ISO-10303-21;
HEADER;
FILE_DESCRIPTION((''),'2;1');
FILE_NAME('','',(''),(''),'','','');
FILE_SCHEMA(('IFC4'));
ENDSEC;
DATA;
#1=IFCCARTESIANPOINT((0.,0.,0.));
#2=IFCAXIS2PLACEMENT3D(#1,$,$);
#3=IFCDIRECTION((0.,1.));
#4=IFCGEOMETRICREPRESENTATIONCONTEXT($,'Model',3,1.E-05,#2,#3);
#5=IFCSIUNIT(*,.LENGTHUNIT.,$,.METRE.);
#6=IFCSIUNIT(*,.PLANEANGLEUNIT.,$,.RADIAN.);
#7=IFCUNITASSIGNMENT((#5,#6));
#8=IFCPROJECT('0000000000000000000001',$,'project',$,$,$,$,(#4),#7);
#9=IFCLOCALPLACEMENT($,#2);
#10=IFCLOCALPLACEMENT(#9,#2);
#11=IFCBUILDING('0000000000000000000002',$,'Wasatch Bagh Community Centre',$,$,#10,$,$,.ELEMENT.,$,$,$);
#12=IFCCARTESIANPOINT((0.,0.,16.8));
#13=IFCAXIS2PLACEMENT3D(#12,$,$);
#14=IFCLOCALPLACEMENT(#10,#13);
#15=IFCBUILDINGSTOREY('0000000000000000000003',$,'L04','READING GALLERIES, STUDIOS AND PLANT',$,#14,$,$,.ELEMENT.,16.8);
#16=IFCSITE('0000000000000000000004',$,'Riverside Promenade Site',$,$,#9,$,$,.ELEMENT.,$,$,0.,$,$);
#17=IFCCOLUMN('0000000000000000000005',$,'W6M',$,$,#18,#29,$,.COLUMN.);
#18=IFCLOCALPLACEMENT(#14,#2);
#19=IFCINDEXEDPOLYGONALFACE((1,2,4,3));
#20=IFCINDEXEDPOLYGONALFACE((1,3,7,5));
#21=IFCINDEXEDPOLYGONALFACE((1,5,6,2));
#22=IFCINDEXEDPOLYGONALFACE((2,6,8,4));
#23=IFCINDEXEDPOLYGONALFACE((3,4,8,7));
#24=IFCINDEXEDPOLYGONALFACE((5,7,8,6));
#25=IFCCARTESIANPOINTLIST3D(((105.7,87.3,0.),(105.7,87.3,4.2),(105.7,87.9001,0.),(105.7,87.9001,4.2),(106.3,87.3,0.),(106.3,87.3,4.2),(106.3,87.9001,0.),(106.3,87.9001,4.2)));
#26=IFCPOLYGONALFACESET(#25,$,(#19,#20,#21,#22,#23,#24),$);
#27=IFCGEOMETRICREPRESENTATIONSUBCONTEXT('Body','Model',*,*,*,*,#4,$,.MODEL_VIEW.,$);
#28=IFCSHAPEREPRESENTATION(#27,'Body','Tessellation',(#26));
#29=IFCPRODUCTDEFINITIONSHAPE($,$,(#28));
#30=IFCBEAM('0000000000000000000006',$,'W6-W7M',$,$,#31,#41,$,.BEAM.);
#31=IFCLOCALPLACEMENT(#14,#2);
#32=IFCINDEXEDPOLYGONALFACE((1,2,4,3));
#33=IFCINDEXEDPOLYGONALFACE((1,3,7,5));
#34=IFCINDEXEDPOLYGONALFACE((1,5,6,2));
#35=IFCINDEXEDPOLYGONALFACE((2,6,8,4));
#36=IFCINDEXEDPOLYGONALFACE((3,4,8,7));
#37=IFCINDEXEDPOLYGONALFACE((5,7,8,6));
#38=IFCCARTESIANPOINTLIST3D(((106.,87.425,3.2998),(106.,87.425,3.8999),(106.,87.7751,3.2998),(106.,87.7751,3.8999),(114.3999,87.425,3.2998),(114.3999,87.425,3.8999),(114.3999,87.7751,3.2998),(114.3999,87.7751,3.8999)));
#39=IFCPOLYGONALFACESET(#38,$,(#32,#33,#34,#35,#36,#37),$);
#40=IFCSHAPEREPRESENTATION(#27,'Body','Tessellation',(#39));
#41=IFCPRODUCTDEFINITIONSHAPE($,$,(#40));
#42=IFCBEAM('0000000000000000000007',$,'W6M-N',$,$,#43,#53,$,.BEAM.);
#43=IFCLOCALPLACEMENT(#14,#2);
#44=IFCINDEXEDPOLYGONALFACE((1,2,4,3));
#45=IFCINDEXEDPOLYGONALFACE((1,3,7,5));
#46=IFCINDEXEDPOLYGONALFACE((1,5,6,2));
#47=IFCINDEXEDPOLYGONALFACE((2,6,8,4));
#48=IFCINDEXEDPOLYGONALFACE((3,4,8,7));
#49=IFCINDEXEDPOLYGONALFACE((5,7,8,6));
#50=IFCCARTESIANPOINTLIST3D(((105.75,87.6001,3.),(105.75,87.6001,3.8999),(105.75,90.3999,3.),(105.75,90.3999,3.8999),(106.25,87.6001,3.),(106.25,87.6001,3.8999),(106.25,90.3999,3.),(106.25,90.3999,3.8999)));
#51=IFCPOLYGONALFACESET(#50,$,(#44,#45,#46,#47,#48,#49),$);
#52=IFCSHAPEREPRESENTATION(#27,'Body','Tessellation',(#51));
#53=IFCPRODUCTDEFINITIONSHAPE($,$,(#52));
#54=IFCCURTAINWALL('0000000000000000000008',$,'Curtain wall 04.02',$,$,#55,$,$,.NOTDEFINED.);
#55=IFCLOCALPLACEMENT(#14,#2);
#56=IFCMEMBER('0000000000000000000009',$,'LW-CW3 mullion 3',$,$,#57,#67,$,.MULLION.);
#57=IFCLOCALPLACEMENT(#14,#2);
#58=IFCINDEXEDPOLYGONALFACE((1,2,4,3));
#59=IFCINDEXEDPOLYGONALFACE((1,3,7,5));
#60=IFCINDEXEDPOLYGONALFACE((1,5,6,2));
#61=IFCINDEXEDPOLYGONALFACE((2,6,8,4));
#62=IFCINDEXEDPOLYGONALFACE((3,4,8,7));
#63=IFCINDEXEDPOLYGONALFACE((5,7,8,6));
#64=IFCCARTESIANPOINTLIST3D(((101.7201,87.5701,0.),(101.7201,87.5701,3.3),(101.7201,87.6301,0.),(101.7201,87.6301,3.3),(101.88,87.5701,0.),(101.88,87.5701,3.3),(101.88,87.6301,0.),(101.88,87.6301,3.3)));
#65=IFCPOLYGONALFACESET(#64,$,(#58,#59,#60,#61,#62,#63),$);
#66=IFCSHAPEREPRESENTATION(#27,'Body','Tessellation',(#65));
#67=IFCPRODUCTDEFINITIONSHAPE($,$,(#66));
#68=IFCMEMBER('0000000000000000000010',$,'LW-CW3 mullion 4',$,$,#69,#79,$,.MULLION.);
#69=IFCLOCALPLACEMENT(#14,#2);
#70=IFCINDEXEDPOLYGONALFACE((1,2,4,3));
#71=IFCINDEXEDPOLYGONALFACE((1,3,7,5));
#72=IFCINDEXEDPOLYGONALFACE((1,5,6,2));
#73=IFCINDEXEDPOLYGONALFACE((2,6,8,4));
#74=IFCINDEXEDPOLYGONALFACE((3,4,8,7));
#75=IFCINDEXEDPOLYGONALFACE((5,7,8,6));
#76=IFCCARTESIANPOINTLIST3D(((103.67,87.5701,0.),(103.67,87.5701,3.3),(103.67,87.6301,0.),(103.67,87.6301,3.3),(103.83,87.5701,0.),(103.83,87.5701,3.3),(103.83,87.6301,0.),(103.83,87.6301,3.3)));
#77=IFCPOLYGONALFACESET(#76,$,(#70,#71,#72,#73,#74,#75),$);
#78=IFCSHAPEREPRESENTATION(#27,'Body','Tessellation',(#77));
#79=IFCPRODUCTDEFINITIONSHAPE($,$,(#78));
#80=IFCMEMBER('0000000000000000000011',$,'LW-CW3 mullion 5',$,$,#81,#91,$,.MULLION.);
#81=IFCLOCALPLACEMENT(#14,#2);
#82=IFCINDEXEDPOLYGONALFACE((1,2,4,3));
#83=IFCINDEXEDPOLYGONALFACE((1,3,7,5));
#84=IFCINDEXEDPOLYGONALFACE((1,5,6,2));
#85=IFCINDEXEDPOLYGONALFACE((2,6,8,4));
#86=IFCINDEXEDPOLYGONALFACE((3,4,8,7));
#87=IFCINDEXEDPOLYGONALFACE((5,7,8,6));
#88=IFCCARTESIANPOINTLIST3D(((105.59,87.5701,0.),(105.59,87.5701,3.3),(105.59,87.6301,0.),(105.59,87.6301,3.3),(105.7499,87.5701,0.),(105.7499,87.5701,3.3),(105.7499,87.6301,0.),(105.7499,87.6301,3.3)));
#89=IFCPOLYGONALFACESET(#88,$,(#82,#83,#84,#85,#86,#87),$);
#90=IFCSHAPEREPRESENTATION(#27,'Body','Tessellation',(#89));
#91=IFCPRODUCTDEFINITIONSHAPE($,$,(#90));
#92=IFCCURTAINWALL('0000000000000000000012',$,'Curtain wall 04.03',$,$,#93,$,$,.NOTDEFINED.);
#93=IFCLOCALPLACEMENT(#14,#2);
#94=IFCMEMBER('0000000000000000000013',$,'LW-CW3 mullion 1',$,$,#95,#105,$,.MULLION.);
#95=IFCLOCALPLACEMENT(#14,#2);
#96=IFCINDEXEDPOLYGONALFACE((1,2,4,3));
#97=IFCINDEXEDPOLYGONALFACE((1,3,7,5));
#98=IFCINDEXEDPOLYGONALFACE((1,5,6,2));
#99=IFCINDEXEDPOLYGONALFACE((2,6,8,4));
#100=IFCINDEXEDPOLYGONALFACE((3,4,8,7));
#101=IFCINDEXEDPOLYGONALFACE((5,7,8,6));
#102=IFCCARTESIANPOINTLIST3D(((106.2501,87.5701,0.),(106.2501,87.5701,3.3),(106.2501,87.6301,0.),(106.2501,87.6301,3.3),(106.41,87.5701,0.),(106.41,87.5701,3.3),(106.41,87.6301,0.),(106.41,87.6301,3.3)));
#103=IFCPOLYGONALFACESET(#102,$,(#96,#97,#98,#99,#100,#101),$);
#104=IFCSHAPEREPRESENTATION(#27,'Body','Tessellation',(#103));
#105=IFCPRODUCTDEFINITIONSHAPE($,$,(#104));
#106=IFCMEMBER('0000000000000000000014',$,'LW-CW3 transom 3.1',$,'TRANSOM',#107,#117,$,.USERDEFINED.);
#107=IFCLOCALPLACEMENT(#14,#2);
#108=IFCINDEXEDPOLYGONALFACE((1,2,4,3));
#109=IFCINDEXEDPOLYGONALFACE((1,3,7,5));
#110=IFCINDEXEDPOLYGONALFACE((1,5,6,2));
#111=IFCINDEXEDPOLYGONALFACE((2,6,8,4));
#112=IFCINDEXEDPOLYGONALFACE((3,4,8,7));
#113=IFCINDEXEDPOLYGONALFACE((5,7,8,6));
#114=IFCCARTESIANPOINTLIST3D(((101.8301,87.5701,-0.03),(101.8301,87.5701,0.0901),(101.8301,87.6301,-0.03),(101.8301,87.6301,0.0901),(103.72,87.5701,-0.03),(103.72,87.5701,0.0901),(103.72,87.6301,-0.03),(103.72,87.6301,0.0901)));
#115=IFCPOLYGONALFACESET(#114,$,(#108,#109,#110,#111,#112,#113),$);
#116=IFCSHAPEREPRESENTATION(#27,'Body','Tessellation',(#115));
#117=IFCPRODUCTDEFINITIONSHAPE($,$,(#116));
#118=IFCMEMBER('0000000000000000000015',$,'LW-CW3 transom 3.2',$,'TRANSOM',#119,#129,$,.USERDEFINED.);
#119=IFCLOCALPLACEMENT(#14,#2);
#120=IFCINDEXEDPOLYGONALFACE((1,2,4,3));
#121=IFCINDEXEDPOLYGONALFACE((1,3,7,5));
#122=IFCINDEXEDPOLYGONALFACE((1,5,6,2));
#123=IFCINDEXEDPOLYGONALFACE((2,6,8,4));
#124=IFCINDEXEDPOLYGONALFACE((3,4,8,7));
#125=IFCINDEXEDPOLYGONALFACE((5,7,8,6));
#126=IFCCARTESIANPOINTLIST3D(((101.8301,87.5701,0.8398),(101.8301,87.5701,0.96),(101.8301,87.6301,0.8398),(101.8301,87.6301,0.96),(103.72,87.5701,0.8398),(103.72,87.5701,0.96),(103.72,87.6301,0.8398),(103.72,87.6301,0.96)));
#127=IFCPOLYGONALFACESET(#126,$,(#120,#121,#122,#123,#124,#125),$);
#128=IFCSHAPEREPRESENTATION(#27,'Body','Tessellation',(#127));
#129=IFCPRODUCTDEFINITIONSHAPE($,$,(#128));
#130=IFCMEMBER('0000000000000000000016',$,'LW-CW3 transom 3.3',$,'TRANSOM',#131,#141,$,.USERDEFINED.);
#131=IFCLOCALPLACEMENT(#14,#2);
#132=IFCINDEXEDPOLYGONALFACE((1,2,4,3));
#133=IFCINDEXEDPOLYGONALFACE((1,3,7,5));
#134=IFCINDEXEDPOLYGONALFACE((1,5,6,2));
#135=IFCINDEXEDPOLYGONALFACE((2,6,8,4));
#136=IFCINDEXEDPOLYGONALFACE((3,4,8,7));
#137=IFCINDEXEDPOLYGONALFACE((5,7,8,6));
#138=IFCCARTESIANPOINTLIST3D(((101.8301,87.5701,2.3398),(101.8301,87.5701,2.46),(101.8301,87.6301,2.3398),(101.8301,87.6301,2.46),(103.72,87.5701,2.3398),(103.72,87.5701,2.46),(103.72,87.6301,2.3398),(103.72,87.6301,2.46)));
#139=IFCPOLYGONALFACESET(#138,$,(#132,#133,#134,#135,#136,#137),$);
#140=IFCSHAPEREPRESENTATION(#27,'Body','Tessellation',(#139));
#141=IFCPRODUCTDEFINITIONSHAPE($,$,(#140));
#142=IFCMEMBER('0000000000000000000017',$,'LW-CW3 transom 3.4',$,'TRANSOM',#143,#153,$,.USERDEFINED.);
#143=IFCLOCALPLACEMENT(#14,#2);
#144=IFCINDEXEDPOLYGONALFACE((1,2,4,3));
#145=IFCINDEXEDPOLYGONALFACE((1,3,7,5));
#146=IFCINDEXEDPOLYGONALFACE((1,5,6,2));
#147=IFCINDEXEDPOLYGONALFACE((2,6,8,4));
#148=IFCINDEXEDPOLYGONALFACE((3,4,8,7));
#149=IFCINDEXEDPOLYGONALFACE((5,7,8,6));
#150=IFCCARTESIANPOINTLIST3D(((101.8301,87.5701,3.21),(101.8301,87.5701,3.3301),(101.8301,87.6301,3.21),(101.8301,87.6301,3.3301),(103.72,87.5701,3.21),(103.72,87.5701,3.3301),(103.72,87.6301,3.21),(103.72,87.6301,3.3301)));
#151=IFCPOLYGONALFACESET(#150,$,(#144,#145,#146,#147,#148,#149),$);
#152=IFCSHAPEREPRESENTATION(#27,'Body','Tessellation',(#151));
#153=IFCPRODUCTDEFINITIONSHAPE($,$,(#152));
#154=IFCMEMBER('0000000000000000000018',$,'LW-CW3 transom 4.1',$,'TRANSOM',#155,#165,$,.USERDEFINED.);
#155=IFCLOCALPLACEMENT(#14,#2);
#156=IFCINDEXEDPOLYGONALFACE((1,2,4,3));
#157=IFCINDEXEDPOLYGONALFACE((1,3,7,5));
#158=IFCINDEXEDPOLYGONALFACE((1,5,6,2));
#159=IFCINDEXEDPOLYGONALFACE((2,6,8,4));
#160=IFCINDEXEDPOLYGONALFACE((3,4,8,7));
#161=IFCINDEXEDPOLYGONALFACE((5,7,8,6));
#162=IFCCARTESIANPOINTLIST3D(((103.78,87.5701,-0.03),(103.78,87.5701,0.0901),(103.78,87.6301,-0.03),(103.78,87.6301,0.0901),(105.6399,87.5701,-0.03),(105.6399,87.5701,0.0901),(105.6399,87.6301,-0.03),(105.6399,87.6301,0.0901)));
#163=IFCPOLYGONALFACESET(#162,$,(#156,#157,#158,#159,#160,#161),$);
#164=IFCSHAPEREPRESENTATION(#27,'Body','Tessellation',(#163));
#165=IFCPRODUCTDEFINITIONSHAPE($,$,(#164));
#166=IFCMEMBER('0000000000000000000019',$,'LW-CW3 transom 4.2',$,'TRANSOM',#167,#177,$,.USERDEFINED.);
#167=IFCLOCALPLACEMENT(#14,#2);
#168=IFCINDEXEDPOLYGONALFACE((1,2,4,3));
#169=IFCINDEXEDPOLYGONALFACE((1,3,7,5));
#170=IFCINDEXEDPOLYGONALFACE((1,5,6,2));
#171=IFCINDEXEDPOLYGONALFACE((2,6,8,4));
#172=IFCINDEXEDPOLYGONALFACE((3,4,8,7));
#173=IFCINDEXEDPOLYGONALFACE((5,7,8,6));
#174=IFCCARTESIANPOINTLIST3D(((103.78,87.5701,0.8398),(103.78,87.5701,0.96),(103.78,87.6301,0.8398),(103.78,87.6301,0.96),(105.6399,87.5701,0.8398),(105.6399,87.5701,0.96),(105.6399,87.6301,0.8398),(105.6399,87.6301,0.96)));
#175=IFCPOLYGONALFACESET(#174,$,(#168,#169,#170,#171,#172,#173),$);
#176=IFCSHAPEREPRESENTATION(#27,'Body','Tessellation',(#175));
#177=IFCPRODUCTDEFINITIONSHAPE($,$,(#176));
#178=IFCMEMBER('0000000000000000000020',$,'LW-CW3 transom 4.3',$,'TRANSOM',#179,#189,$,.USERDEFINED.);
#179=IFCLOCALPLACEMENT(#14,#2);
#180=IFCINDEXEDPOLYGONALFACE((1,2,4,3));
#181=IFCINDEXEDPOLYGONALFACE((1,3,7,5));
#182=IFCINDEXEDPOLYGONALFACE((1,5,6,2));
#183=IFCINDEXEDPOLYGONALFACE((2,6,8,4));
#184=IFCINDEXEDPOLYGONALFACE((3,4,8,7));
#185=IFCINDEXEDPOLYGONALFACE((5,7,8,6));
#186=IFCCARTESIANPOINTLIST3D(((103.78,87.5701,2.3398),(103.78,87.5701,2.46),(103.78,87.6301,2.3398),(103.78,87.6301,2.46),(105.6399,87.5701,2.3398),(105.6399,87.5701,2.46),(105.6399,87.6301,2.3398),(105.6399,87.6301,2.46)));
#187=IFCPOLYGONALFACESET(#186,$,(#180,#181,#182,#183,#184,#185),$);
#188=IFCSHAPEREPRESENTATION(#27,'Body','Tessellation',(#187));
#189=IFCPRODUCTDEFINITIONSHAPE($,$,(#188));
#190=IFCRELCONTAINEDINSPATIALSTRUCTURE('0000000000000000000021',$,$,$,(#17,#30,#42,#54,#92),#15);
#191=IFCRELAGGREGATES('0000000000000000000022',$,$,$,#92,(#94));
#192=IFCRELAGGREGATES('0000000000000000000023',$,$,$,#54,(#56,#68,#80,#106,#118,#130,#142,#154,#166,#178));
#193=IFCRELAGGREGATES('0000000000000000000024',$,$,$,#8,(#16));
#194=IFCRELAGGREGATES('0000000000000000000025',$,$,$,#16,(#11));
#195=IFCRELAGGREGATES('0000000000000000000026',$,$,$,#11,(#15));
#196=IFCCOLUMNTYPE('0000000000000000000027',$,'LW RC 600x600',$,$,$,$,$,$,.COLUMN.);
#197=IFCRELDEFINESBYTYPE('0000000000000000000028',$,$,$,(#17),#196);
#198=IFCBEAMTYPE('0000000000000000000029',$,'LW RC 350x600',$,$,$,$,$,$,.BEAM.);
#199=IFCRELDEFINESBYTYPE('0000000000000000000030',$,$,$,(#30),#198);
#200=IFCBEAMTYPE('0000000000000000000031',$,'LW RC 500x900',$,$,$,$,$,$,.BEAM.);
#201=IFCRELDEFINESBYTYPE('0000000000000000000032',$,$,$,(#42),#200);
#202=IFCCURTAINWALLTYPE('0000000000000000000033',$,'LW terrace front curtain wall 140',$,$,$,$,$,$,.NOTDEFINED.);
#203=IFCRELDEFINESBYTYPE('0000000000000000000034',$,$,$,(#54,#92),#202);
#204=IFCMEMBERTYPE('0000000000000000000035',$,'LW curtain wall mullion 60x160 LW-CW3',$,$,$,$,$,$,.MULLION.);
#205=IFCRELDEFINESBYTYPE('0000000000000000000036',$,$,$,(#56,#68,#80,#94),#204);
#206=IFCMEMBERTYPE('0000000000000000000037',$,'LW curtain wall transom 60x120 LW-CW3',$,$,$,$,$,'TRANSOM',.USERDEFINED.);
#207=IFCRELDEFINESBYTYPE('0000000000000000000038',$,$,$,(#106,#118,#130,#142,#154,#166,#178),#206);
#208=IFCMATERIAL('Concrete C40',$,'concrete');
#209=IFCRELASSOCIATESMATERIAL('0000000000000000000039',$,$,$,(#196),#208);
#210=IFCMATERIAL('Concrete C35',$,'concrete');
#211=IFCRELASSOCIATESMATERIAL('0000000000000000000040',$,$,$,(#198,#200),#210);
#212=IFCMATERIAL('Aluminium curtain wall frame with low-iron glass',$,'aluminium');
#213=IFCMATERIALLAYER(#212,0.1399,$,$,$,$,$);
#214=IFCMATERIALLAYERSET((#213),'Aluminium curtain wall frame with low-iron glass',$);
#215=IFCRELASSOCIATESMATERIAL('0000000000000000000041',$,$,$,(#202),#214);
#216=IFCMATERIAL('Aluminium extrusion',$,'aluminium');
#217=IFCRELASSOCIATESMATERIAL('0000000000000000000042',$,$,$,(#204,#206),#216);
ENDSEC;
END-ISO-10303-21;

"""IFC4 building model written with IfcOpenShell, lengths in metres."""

from ifc_helpers import new_model, si_unit, direction, frame, origin, origin_2d, place, context, subcontext, project, spatial, rectangle, extrude, material, layer, layer_set, material_profile, profile_set, type_object, element, aggregate, save


model = new_model("IFC4")

# Units and contexts
model_context = context("Model", 3, precision=1e-05, world=origin(), true_north=direction((0.0, 1.0)))
body_context = subcontext(model_context, "Body", "Model", "MODEL_VIEW")
ifc_project = project(units=[si_unit("LENGTHUNIT", "METRE"), si_unit("PLANEANGLEUNIT", "RADIAN")], contexts=[model_context])

# Site, building, storey
site_placement = place(None, origin())
site = spatial("IfcSite", under=ifc_project, at=site_placement, Name="Riverside Promenade Site", CompositionType="ELEMENT", RefElevation=0.0)
building_placement = place(site_placement, origin())
building = spatial("IfcBuilding", under=site, at=building_placement, Name="Wasatch Bagh Community Centre", CompositionType="ELEMENT")
storey_placement = place(building_placement, frame((0.0, 0.0, 16.8)))
storey = spatial("IfcBuildingStorey", under=building, at=storey_placement, Name="L04", Description="READING GALLERIES, STUDIOS AND PLANT", CompositionType="ELEMENT", Elevation=16.8)

# Column
ifc_material_1 = material(Name="Concrete C40", Category="concrete")
ifc_material_profile_1 = material_profile(ifc_material_1, rectangle(XDim=0.6001, YDim=0.6001, at=origin_2d()), Name="RC 600x600")
ifc_profile_set_1 = profile_set([ifc_material_profile_1], Name="Concrete C40")
column_type = type_object("IfcColumnType", Name="LW RC 600x600", PredefinedType="COLUMN", material=ifc_profile_set_1)
column_placement = place(storey_placement, frame((106.0, 87.6001, 0.0), z_axis=(0.0, 0.0, 1.0), x_axis=(1.0, 0.0, 0.0)))
element("IfcColumn", 1, at=column_placement, inside=storey, type_object=column_type, Name="W6M", PredefinedType="COLUMN", context=body_context, shape_type="SweptSolid", body=[
    extrude(rectangle(XDim=0.6001, YDim=0.6001, at=origin_2d()), origin(), (0.0, 0.0, 1.0), 4.2),
])

# Beams
ifc_material_2 = material(Name="Concrete C35", Category="concrete")
ifc_material_profile_2 = material_profile(ifc_material_2, rectangle(XDim=0.3501, YDim=0.6001, at=origin_2d()), Name="RC 350x600")
ifc_profile_set_2 = profile_set([ifc_material_profile_2], Name="Concrete C35")
beam_type_1 = type_object("IfcBeamType", Name="LW RC 350x600", PredefinedType="BEAM", material=ifc_profile_set_2)
beam_1_placement = place(storey_placement, frame((106.0, 87.6001, 3.5999), z_axis=(1.0, 0.0, 0.0), x_axis=(0.0, 1.0, 0.0)))
element("IfcBeam", 2, at=beam_1_placement, inside=storey, type_object=beam_type_1, Name="W6-W7M", PredefinedType="BEAM", context=body_context, shape_type="SweptSolid", body=[
    extrude(rectangle(XDim=0.3501, YDim=0.6001, at=origin_2d()), origin(), (0.0, 0.0, 1.0), 8.3999),
])
ifc_material_profile_3 = material_profile(ifc_material_2, rectangle(XDim=0.5, YDim=0.8999, at=origin_2d()), Name="RC 500x900")
ifc_profile_set_3 = profile_set([ifc_material_profile_3], Name="Concrete C35")
beam_type_2 = type_object("IfcBeamType", Name="LW RC 500x900", PredefinedType="BEAM", material=ifc_profile_set_3)
beam_2_placement = place(storey_placement, frame((106.0, 87.6001, 3.45), z_axis=(0.0, 1.0, 0.0), x_axis=(-1.0, 0.0, 0.0)))
element("IfcBeam", 3, at=beam_2_placement, inside=storey, type_object=beam_type_2, Name="W6M-N", PredefinedType="BEAM", context=body_context, shape_type="SweptSolid", body=[
    extrude(rectangle(XDim=0.5, YDim=0.8999, at=origin_2d()), origin(), (0.0, 0.0, 1.0), 2.7998),
])

# Curtain wall, members
ifc_material_3 = material(Name="Aluminium curtain wall frame with low-iron glass", Category="aluminium")
ifc_layer_1 = layer(ifc_material_3, 0.1399)
ifc_layer_set_1 = layer_set([ifc_layer_1], Name="Aluminium curtain wall frame with low-iron glass")
curtain_wall_type = type_object("IfcCurtainWallType", Name="LW terrace front curtain wall 140", PredefinedType="NOTDEFINED", material=ifc_layer_set_1)
curtain_wall_1_placement = place(storey_placement, origin())
curtain_wall_1 = element("IfcCurtainWall", 4, at=curtain_wall_1_placement, inside=storey, type_object=curtain_wall_type, Name="Curtain wall 04.02", PredefinedType="NOTDEFINED")
ifc_material_4 = material(Name="Aluminium extrusion", Category="aluminium")
ifc_material_profile_4 = material_profile(ifc_material_4, rectangle(XDim=0.0601, YDim=0.1599, at=origin_2d()), Name="AL 60x160")
ifc_profile_set_4 = profile_set([ifc_material_profile_4], Name="Aluminium extrusion")
member_type_1 = type_object("IfcMemberType", Name="LW curtain wall mullion 60x160 LW-CW3", PredefinedType="MULLION", material=ifc_profile_set_4)
member_1_placement = place(storey_placement, frame((101.8, 87.6001, 0.0), z_axis=(0.0, 0.0, 1.0), x_axis=(0.0, 1.0, 0.0)))
member_1 = element("IfcMember", 5, at=member_1_placement, type_object=member_type_1, Name="LW-CW3 mullion 3", PredefinedType="MULLION", context=body_context, shape_type="SweptSolid", body=[
    extrude(rectangle(XDim=0.0601, YDim=0.1599, at=origin_2d()), origin(), (0.0, 0.0, 1.0), 3.3),
])
member_2_placement = place(storey_placement, frame((103.75, 87.6001, 0.0), z_axis=(0.0, 0.0, 1.0), x_axis=(0.0, 1.0, 0.0)))
member_2 = element("IfcMember", 6, at=member_2_placement, type_object=member_type_1, Name="LW-CW3 mullion 4", PredefinedType="MULLION", context=body_context, shape_type="SweptSolid", body=[
    extrude(rectangle(XDim=0.0601, YDim=0.1599, at=origin_2d()), origin(), (0.0, 0.0, 1.0), 3.3),
])
member_3_placement = place(storey_placement, frame((105.6699, 87.6001, 0.0), z_axis=(0.0, 0.0, 1.0), x_axis=(0.0, 1.0, 0.0)))
member_3 = element("IfcMember", 7, at=member_3_placement, type_object=member_type_1, Name="LW-CW3 mullion 5", PredefinedType="MULLION", context=body_context, shape_type="SweptSolid", body=[
    extrude(rectangle(XDim=0.0601, YDim=0.1599, at=origin_2d()), origin(), (0.0, 0.0, 1.0), 3.3),
])

# Curtain wall, member
curtain_wall_2_placement = place(storey_placement, origin())
curtain_wall_2 = element("IfcCurtainWall", 8, at=curtain_wall_2_placement, inside=storey, type_object=curtain_wall_type, Name="Curtain wall 04.03", PredefinedType="NOTDEFINED")
member_4_placement = place(storey_placement, frame((106.3301, 87.6001, 0.0), z_axis=(0.0, 0.0, 1.0), x_axis=(0.0, 1.0, 0.0)))
member_4 = element("IfcMember", 9, at=member_4_placement, type_object=member_type_1, Name="LW-CW3 mullion 1", PredefinedType="MULLION", context=body_context, shape_type="SweptSolid", body=[
    extrude(rectangle(XDim=0.0601, YDim=0.1599, at=origin_2d()), origin(), (0.0, 0.0, 1.0), 3.3),
])

# Members
ifc_material_profile_5 = material_profile(ifc_material_4, rectangle(XDim=0.0601, YDim=0.1201, at=origin_2d()), Name="AL 60x120")
ifc_profile_set_5 = profile_set([ifc_material_profile_5], Name="Aluminium extrusion")
member_type_2 = type_object("IfcMemberType", Name="LW curtain wall transom 60x120 LW-CW3", ElementType="TRANSOM", PredefinedType="USERDEFINED", material=ifc_profile_set_5)
member_5_placement = place(storey_placement, frame((101.8301, 87.6001, 0.03), z_axis=(1.0, 0.0, 0.0), x_axis=(0.0, 1.0, 0.0)))
member_5 = element("IfcMember", 10, at=member_5_placement, type_object=member_type_2, Name="LW-CW3 transom 3.1", ObjectType="TRANSOM", PredefinedType="USERDEFINED", context=body_context, shape_type="SweptSolid", body=[
    extrude(rectangle(XDim=0.0601, YDim=0.1201, at=origin_2d()), origin(), (0.0, 0.0, 1.0), 1.8899),
])
member_6_placement = place(storey_placement, frame((101.8301, 87.6001, 0.8999), z_axis=(1.0, 0.0, 0.0), x_axis=(0.0, 1.0, 0.0)))
member_6 = element("IfcMember", 11, at=member_6_placement, type_object=member_type_2, Name="LW-CW3 transom 3.2", ObjectType="TRANSOM", PredefinedType="USERDEFINED", context=body_context, shape_type="SweptSolid", body=[
    extrude(rectangle(XDim=0.0601, YDim=0.1201, at=origin_2d()), origin(), (0.0, 0.0, 1.0), 1.8899),
])
member_7_placement = place(storey_placement, frame((101.8301, 87.6001, 2.3999), z_axis=(1.0, 0.0, 0.0), x_axis=(0.0, 1.0, 0.0)))
member_7 = element("IfcMember", 12, at=member_7_placement, type_object=member_type_2, Name="LW-CW3 transom 3.3", ObjectType="TRANSOM", PredefinedType="USERDEFINED", context=body_context, shape_type="SweptSolid", body=[
    extrude(rectangle(XDim=0.0601, YDim=0.1201, at=origin_2d()), origin(), (0.0, 0.0, 1.0), 1.8899),
])
member_8_placement = place(storey_placement, frame((101.8301, 87.6001, 3.27), z_axis=(1.0, 0.0, 0.0), x_axis=(0.0, 1.0, 0.0)))
member_8 = element("IfcMember", 13, at=member_8_placement, type_object=member_type_2, Name="LW-CW3 transom 3.4", ObjectType="TRANSOM", PredefinedType="USERDEFINED", context=body_context, shape_type="SweptSolid", body=[
    extrude(rectangle(XDim=0.0601, YDim=0.1201, at=origin_2d()), origin(), (0.0, 0.0, 1.0), 1.8899),
])
member_9_placement = place(storey_placement, frame((103.78, 87.6001, 0.03), z_axis=(1.0, 0.0, 0.0), x_axis=(0.0, 1.0, 0.0)))
member_9 = element("IfcMember", 14, at=member_9_placement, type_object=member_type_2, Name="LW-CW3 transom 4.1", ObjectType="TRANSOM", PredefinedType="USERDEFINED", context=body_context, shape_type="SweptSolid", body=[
    extrude(rectangle(XDim=0.0601, YDim=0.1201, at=origin_2d()), origin(), (0.0, 0.0, 1.0), 1.8599),
])
member_10_placement = place(storey_placement, frame((103.78, 87.6001, 0.8999), z_axis=(1.0, 0.0, 0.0), x_axis=(0.0, 1.0, 0.0)))
member_10 = element("IfcMember", 15, at=member_10_placement, type_object=member_type_2, Name="LW-CW3 transom 4.2", ObjectType="TRANSOM", PredefinedType="USERDEFINED", context=body_context, shape_type="SweptSolid", body=[
    extrude(rectangle(XDim=0.0601, YDim=0.1201, at=origin_2d()), origin(), (0.0, 0.0, 1.0), 1.8599),
])
member_11_placement = place(storey_placement, frame((103.78, 87.6001, 2.3999), z_axis=(1.0, 0.0, 0.0), x_axis=(0.0, 1.0, 0.0)))
member_11 = element("IfcMember", 16, at=member_11_placement, type_object=member_type_2, Name="LW-CW3 transom 4.3", ObjectType="TRANSOM", PredefinedType="USERDEFINED", context=body_context, shape_type="SweptSolid", body=[
    extrude(rectangle(XDim=0.0601, YDim=0.1201, at=origin_2d()), origin(), (0.0, 0.0, 1.0), 1.8599),
])
aggregate(curtain_wall_2, [member_4])

aggregate(curtain_wall_1, [member_1, member_2, member_3, member_5, member_6, member_7, member_8, member_9, member_10, member_11])

save(model, "model.ifc")
